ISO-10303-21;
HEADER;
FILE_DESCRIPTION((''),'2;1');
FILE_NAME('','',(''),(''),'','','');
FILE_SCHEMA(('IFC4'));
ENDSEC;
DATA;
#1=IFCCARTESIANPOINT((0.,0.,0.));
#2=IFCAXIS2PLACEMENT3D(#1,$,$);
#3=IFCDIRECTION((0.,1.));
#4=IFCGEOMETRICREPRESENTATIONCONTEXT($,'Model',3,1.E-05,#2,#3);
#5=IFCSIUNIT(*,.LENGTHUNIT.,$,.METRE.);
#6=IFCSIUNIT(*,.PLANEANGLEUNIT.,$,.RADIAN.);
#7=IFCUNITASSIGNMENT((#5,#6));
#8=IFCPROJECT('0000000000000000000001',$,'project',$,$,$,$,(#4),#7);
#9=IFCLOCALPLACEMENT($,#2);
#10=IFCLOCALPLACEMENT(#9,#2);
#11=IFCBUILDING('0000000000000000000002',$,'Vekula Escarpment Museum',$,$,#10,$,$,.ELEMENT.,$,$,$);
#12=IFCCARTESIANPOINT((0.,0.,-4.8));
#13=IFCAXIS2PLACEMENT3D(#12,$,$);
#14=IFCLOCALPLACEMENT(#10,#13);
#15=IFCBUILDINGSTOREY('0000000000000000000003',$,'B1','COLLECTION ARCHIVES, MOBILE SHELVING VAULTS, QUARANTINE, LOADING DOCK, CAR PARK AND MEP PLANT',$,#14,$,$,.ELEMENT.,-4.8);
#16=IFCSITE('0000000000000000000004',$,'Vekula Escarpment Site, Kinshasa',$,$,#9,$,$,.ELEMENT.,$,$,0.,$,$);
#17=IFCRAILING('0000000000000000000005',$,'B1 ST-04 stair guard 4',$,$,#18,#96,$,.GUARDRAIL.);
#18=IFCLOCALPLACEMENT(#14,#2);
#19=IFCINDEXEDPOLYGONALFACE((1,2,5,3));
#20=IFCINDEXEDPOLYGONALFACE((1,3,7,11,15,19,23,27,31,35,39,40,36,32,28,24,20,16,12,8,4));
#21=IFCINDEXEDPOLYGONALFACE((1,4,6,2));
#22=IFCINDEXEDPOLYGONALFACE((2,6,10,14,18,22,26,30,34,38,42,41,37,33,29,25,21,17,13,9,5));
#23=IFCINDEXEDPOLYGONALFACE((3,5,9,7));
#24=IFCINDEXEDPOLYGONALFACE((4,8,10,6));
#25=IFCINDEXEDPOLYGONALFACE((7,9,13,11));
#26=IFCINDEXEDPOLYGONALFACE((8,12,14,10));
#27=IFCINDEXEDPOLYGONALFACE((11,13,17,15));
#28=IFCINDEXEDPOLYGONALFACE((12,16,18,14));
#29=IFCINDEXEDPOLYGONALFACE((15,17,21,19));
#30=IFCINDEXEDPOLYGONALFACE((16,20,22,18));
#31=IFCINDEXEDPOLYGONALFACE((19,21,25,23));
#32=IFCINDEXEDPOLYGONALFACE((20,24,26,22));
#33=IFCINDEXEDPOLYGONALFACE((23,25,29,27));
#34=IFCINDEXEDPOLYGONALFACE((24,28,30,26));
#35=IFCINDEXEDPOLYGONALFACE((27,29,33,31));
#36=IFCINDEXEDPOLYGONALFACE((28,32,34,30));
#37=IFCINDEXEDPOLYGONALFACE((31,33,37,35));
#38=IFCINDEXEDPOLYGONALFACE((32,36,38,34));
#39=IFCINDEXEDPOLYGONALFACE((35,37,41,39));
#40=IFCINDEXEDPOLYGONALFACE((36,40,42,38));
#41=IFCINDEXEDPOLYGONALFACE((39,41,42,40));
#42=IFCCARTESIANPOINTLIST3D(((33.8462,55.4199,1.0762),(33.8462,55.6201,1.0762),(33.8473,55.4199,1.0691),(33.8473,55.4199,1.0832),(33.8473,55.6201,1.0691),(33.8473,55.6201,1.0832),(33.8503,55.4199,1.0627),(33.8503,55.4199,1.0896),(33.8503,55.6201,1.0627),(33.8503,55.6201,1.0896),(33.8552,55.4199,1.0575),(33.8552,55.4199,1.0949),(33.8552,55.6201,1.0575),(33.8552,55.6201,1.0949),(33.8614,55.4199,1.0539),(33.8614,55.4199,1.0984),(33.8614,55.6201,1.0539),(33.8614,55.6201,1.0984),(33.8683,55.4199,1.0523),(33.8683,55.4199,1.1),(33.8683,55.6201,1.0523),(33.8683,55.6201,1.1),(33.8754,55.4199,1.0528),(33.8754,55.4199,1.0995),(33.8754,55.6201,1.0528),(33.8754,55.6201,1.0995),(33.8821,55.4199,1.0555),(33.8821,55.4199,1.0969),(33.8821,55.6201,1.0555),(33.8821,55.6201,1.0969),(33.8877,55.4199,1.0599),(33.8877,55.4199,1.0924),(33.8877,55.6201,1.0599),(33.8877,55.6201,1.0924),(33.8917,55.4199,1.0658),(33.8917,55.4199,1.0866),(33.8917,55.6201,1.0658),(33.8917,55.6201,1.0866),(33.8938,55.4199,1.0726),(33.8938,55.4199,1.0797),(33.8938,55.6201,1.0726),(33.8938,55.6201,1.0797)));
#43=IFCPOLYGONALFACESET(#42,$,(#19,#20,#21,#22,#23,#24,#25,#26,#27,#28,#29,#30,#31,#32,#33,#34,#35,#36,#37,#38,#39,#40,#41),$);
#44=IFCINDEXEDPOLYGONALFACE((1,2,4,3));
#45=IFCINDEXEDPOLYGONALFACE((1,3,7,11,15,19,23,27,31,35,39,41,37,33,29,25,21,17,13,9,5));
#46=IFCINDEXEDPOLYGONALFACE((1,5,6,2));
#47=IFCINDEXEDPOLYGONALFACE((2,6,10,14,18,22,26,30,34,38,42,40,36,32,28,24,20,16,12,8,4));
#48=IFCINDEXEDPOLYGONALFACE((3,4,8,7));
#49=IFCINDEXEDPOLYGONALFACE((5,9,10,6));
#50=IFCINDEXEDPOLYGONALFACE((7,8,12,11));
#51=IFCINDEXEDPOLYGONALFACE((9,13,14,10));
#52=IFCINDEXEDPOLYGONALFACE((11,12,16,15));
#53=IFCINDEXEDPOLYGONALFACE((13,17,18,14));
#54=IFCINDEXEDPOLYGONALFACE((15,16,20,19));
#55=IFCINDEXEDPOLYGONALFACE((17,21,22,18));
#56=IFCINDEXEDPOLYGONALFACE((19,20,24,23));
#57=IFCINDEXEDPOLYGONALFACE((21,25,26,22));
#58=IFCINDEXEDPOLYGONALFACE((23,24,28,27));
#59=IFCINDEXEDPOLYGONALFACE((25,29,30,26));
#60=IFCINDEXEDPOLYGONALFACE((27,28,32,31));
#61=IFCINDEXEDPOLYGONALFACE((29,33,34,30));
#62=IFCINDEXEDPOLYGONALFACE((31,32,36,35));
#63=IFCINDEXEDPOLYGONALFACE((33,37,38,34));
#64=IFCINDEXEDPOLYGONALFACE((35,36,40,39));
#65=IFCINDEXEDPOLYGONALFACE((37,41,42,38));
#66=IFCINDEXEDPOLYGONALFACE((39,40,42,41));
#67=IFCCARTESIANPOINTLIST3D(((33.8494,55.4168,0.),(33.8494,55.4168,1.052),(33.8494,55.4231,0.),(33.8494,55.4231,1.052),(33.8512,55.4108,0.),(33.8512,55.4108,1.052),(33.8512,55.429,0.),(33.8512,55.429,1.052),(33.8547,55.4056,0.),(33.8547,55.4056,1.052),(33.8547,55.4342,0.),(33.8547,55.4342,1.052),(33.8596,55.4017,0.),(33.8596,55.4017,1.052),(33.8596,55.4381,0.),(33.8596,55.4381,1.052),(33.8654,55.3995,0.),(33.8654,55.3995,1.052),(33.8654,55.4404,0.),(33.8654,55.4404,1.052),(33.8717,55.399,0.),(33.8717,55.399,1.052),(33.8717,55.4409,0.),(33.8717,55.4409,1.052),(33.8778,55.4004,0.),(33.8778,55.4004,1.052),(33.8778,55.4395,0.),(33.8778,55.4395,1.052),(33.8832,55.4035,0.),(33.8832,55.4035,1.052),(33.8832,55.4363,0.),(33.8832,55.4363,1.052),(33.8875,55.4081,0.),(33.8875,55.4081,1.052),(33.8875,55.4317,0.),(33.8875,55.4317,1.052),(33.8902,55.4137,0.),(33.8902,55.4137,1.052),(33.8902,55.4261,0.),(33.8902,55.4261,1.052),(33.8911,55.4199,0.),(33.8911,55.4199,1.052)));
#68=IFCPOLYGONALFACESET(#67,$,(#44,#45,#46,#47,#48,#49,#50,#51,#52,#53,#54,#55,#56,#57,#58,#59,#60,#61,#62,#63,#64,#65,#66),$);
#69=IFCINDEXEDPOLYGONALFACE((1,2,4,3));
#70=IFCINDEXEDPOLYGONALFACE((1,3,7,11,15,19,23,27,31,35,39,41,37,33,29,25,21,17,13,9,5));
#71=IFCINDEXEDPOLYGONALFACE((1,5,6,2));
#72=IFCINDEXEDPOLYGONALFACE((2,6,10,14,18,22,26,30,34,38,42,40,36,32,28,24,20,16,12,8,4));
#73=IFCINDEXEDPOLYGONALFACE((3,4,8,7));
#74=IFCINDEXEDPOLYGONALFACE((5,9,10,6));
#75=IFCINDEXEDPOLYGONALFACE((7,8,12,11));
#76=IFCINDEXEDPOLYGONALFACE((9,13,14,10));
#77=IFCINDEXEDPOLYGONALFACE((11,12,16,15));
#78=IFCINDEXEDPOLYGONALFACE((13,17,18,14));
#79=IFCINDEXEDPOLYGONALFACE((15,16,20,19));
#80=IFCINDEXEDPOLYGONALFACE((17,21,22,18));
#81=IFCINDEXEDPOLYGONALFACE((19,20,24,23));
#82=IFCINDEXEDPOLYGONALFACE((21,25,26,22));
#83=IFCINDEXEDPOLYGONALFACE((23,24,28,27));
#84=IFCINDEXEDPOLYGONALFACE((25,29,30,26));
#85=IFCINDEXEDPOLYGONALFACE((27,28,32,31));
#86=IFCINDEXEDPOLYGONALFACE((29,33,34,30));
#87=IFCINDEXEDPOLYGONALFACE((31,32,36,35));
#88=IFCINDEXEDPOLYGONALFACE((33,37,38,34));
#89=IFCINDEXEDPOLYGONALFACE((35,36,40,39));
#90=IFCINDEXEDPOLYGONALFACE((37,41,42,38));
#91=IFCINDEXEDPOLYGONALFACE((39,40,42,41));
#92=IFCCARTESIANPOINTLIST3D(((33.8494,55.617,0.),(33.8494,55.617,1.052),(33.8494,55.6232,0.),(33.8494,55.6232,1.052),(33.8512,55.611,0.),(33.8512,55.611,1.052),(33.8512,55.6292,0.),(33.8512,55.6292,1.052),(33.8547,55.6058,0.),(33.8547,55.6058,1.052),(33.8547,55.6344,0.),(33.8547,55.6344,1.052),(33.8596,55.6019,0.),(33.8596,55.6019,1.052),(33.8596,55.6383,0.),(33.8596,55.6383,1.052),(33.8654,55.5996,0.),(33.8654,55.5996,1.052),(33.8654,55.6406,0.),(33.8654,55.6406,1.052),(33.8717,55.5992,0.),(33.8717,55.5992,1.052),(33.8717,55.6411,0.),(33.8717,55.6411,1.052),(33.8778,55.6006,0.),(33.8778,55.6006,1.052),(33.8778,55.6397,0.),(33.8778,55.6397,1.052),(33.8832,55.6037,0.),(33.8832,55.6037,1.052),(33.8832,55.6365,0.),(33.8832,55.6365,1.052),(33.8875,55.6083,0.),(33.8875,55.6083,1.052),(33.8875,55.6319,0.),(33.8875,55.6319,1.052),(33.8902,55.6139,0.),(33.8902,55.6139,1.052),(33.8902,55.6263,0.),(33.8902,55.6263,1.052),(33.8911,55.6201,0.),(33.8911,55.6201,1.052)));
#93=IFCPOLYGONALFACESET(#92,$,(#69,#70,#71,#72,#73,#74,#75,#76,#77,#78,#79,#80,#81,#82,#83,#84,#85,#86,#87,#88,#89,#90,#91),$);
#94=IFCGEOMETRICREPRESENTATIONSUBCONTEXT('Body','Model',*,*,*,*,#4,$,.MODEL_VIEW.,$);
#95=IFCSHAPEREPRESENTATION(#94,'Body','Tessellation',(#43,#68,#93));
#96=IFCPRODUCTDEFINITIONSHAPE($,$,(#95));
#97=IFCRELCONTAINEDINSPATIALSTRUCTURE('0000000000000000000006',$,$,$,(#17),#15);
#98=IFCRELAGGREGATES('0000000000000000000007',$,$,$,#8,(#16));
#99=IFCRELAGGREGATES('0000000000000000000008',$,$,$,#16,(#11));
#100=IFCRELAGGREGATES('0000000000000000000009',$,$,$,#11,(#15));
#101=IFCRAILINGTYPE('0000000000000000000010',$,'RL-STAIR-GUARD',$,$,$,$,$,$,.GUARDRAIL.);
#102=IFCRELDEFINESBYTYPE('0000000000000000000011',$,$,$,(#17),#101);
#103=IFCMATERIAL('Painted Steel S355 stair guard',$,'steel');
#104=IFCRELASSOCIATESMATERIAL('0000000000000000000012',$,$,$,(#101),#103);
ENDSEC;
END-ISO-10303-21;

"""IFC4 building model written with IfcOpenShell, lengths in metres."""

from ifc_helpers import new_model, si_unit, direction, frame, origin, origin_2d, place, context, subcontext, project, spatial, circle, extrude, material, type_object, element, save


model = new_model("IFC4")

# Units and contexts
model_context = context("Model", 3, precision=1e-05, world=origin(), true_north=direction((0.0, 1.0)))
body_context = subcontext(model_context, "Body", "Model", "MODEL_VIEW")
ifc_project = project(units=[si_unit("LENGTHUNIT", "METRE"), si_unit("PLANEANGLEUNIT", "RADIAN")], contexts=[model_context])

# Site, building, storey
site_placement = place(None, origin())
site = spatial("IfcSite", under=ifc_project, at=site_placement, Name="Vekula Escarpment Site, Kinshasa", CompositionType="ELEMENT", RefElevation=0.0)
building_placement = place(site_placement, origin())
building = spatial("IfcBuilding", under=site, at=building_placement, Name="Vekula Escarpment Museum", CompositionType="ELEMENT")
storey_placement = place(building_placement, frame((0.0, 0.0, -4.8)))
storey = spatial("IfcBuildingStorey", under=building, at=storey_placement, Name="B1", Description="COLLECTION ARCHIVES, MOBILE SHELVING VAULTS, QUARANTINE, LOADING DOCK, CAR PARK AND MEP PLANT", CompositionType="ELEMENT", Elevation=-4.8)

# Railing
ifc_material_1 = material(Name="Painted Steel S355 stair guard", Category="steel")
railing_type_1 = type_object("IfcRailingType", Name="RL-STAIR-GUARD", PredefinedType="GUARDRAIL", material=ifc_material_1)
railing_1_placement = place(storey_placement, frame((33.8701, 55.4199, 0.0)))
element("IfcRailing", 1, at=railing_1_placement, inside=storey, type_object=railing_type_1, Name="B1 ST-04 stair guard 4", PredefinedType="GUARDRAIL", context=body_context, shape_type="SweptSolid", body=[
    extrude(circle(Radius=0.0239, at=origin_2d()), frame((0.0, 0.0, 1.0762), z_axis=(0.0, 1.0, 0.0), x_axis=(-1.0, 0.0, 0.0)), (0.0, 0.0, 1.0), 0.2002),
    extrude(circle(Radius=0.021, at=origin_2d()), origin(), (0.0, 0.0, 1.0), 1.052),
    extrude(circle(Radius=0.021, at=origin_2d()), frame((0.0, 0.2002, 0.0)), (0.0, 0.0, 1.0), 1.052),
])

save(model, "model.ifc")
